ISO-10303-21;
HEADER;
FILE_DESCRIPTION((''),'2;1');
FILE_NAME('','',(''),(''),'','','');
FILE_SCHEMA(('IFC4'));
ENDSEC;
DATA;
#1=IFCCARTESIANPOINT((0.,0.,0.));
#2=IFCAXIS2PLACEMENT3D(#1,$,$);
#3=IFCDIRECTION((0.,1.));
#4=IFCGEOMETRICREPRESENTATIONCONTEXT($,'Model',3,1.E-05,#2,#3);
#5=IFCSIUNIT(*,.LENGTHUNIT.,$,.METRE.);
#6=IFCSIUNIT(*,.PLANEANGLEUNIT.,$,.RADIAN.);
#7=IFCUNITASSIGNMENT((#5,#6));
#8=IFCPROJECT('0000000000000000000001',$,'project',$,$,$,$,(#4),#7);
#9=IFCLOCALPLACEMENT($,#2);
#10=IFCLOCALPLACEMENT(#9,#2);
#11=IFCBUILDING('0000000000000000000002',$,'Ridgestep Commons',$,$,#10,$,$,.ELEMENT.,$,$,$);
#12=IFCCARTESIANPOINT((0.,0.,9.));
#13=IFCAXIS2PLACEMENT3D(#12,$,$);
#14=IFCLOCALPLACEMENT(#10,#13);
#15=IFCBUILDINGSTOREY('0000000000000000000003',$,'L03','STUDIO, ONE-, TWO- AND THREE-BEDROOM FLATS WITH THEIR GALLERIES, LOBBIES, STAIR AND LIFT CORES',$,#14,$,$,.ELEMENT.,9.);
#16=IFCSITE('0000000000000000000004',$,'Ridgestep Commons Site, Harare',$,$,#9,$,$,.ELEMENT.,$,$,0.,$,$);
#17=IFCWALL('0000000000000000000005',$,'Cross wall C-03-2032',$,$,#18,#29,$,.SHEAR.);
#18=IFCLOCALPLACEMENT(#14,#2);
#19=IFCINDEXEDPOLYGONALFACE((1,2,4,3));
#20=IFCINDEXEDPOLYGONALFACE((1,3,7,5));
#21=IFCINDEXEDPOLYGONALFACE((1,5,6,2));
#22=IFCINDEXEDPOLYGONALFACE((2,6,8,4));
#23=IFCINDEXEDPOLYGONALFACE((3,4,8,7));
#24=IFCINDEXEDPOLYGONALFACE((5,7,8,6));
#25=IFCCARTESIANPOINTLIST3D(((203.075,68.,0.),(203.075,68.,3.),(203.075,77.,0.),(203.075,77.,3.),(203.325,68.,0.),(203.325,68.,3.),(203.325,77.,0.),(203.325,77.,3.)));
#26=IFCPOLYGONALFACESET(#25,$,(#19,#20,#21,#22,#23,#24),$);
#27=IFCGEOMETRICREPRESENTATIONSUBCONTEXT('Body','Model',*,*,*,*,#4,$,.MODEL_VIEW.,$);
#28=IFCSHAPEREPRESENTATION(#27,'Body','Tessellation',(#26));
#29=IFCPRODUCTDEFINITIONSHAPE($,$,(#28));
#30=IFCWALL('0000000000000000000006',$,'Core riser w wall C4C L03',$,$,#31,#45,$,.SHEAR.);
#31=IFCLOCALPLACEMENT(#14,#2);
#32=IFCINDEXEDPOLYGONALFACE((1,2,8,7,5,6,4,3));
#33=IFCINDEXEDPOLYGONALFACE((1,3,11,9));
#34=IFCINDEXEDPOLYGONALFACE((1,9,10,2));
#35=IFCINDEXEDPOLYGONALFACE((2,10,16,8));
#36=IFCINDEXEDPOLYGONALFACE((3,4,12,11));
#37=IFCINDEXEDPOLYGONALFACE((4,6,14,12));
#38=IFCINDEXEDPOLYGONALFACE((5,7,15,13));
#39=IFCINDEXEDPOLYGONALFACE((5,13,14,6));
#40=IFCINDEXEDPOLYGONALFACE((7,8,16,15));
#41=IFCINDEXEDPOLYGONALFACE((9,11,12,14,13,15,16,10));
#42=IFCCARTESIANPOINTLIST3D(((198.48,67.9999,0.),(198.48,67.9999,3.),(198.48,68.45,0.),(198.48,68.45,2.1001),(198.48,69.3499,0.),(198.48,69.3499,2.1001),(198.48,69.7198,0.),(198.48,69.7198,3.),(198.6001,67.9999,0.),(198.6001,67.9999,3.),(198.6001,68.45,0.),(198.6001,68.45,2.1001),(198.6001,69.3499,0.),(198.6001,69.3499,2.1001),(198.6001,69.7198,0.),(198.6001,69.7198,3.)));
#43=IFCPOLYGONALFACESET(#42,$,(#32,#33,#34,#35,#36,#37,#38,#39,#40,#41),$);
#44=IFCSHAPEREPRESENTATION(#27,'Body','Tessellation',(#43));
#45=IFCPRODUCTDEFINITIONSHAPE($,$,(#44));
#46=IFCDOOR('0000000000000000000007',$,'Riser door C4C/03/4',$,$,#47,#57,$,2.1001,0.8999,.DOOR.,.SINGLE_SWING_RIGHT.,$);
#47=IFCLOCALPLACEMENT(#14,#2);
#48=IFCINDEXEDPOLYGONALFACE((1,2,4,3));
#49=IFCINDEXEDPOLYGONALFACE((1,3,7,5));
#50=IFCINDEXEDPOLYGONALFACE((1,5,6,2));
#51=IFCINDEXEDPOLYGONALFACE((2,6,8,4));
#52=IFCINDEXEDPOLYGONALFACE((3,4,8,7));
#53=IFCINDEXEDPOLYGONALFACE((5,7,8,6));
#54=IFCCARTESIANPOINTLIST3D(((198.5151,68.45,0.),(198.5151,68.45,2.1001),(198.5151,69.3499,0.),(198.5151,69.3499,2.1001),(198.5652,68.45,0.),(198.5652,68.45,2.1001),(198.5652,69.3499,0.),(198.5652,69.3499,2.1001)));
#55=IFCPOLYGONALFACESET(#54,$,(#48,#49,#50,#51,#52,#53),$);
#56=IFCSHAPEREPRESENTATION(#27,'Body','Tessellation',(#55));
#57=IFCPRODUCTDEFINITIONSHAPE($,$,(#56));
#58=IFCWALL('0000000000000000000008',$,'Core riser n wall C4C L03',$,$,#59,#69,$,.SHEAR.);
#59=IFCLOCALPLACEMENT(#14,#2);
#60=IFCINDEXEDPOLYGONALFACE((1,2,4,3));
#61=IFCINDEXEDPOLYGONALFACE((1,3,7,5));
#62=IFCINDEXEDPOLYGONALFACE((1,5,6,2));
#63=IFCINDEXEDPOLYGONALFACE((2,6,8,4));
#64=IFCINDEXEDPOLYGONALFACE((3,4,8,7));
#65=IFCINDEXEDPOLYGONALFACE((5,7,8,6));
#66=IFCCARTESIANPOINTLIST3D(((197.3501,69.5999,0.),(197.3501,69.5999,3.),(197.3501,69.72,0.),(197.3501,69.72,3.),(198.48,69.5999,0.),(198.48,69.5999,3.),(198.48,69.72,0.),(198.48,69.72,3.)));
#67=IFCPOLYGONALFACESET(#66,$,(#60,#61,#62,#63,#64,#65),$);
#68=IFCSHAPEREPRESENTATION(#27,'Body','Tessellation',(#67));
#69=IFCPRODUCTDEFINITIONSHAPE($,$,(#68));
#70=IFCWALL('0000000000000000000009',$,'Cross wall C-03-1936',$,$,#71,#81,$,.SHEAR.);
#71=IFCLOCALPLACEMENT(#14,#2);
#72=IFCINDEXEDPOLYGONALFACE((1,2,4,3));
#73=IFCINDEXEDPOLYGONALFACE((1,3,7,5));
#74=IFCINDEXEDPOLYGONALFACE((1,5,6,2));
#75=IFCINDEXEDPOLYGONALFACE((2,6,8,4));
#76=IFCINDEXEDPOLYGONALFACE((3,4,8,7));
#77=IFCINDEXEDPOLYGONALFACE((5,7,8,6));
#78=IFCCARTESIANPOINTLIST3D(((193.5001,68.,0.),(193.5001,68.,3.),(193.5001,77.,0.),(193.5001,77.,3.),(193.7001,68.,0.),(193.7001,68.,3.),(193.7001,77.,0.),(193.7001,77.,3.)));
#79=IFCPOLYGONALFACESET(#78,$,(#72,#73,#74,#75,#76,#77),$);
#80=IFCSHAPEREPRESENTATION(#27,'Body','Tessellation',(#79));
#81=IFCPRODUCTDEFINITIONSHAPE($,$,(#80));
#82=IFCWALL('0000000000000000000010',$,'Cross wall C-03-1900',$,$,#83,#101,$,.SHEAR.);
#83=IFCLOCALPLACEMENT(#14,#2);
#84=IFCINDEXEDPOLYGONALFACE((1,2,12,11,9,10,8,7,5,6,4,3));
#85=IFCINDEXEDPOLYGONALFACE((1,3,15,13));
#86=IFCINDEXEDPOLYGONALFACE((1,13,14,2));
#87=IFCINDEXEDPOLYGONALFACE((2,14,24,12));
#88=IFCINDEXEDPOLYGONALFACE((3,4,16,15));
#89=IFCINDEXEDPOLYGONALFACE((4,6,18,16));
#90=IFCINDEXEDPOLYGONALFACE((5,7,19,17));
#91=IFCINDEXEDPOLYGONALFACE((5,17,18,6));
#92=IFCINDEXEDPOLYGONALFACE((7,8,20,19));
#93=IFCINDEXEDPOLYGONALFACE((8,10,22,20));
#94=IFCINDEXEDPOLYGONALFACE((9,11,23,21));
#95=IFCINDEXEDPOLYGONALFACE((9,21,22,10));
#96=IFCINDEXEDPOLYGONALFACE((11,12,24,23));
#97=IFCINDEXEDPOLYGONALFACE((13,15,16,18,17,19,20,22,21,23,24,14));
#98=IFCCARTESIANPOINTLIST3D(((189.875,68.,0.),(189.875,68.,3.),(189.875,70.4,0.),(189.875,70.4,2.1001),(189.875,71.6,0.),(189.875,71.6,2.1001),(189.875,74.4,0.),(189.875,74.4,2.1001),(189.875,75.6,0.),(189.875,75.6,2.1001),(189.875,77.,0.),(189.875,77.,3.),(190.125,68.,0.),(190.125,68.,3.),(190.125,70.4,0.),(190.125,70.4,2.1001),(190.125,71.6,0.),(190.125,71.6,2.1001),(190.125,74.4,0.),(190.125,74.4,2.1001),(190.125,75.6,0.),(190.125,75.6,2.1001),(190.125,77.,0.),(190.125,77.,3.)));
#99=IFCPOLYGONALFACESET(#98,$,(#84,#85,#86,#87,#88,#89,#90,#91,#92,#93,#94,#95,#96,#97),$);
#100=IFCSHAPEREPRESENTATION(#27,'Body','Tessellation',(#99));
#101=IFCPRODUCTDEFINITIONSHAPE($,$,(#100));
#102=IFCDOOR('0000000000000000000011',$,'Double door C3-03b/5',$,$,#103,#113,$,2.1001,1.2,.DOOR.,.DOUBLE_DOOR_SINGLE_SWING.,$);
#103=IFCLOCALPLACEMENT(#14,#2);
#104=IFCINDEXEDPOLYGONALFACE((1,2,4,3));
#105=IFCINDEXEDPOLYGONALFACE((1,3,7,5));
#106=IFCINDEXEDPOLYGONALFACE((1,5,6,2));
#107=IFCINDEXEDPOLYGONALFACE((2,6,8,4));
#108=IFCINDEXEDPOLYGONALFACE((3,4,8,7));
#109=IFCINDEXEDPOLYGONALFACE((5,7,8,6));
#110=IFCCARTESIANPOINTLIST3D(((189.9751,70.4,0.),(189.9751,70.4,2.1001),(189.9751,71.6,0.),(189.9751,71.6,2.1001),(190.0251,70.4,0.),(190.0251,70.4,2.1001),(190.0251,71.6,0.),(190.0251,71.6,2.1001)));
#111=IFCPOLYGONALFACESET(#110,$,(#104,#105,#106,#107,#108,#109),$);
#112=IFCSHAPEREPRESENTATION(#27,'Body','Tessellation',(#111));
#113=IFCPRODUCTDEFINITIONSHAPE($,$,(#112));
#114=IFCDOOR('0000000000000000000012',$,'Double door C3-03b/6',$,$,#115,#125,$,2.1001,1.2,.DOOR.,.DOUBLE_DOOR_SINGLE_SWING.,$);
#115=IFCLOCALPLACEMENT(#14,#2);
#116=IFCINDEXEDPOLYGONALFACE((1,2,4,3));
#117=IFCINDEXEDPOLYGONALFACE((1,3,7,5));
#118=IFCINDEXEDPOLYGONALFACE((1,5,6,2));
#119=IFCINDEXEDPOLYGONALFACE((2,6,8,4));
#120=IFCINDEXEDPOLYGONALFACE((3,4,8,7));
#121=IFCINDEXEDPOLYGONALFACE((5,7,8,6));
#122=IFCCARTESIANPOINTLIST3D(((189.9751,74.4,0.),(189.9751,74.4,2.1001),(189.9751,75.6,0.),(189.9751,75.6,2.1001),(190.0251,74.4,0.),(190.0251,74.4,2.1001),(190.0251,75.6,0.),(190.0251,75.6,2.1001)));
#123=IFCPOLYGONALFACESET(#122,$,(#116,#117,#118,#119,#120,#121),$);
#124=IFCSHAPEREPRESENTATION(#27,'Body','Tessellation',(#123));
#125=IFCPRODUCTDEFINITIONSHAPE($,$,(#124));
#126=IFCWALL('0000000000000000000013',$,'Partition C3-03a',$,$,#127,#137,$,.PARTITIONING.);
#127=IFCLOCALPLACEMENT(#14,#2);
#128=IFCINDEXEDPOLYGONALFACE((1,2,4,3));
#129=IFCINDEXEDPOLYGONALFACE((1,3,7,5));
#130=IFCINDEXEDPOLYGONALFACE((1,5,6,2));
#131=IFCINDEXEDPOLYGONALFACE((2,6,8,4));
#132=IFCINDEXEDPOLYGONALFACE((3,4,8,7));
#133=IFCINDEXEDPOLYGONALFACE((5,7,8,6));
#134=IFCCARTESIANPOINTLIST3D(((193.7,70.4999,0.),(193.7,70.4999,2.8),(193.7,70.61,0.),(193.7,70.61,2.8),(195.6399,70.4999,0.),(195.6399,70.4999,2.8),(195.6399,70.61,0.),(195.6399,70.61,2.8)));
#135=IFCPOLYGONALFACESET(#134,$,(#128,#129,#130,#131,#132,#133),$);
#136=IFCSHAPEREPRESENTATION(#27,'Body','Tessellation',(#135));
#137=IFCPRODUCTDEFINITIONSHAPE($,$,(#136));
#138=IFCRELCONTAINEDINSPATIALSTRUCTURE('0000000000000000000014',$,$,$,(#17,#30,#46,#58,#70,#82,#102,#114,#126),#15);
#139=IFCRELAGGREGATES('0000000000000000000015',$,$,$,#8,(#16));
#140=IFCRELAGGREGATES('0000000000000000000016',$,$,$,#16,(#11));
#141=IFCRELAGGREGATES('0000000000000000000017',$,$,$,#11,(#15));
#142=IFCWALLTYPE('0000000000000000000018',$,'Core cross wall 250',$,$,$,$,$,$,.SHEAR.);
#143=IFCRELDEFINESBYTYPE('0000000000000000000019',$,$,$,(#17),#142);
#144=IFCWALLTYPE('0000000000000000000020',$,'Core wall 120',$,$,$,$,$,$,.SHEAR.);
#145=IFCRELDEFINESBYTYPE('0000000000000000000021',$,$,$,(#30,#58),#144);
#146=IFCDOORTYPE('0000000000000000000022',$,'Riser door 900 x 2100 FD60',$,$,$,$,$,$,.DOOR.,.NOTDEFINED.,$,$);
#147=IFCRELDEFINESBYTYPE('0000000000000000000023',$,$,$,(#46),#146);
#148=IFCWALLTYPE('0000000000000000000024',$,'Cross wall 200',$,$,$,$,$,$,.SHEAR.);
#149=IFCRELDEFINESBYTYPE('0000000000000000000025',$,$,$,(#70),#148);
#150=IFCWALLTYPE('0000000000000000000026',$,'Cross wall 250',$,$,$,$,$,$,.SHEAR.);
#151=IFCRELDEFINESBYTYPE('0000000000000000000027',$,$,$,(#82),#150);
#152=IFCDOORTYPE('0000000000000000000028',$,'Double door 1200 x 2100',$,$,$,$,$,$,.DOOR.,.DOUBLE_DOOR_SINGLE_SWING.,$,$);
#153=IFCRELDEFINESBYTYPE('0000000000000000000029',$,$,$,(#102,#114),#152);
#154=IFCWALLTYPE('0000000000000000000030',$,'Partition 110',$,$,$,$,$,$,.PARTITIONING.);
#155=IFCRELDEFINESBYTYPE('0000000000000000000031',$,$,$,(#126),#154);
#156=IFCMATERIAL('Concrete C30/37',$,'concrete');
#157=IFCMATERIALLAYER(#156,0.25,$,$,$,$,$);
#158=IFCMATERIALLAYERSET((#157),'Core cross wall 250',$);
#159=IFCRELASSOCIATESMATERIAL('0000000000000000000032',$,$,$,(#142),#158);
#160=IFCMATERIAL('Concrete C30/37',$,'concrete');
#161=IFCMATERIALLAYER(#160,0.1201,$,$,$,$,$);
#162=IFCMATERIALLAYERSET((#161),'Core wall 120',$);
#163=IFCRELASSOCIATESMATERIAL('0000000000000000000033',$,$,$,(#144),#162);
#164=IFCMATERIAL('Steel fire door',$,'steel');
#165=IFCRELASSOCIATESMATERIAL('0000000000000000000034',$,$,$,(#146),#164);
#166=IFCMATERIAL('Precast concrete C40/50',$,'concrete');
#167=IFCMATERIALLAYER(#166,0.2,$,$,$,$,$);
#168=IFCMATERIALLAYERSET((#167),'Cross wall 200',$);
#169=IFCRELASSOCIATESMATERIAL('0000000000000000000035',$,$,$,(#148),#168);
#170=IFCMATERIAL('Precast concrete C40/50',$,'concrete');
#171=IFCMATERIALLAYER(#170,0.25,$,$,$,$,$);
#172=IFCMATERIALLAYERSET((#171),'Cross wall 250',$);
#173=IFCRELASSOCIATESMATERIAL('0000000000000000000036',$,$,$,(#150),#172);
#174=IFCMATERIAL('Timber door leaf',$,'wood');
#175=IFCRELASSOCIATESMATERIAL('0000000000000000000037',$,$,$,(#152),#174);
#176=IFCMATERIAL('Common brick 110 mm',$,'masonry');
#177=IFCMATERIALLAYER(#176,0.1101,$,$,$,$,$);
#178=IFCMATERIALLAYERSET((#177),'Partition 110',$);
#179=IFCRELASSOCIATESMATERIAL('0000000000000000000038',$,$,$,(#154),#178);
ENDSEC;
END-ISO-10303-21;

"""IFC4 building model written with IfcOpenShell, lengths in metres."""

from ifc_helpers import new_model, si_unit, direction, frame, frame_2d, origin, place, context, subcontext, project, spatial, rectangle, extrude, material, layer, layer_set, type_object, element, fill, save


model = new_model("IFC4")

# Units and contexts
model_context = context("Model", 3, precision=1e-05, world=origin(), true_north=direction((0.0, 1.0)))
body_context = subcontext(model_context, "Body", "Model", "MODEL_VIEW")
ifc_project = project(units=[si_unit("LENGTHUNIT", "METRE"), si_unit("PLANEANGLEUNIT", "RADIAN")], contexts=[model_context])

# Site, building, storey
site_placement = place(None, origin())
site = spatial("IfcSite", under=ifc_project, at=site_placement, Name="Ridgestep Commons Site, Harare", CompositionType="ELEMENT", RefElevation=0.0)
building_placement = place(site_placement, origin())
building = spatial("IfcBuilding", under=site, at=building_placement, Name="Ridgestep Commons", CompositionType="ELEMENT")
storey_placement = place(building_placement, frame((0.0, 0.0, 9.0)))
storey = spatial("IfcBuildingStorey", under=building, at=storey_placement, Name="L03", Description="STUDIO, ONE-, TWO- AND THREE-BEDROOM FLATS WITH THEIR GALLERIES, LOBBIES, STAIR AND LIFT CORES", CompositionType="ELEMENT", Elevation=9.0)

# Wall
ifc_material_1 = material(Name="Concrete C30/37", Category="concrete")
ifc_layer_1 = layer(ifc_material_1, 0.25)
ifc_layer_set_1 = layer_set([ifc_layer_1], Name="Core cross wall 250")
wall_type_1 = type_object("IfcWallType", Name="Core cross wall 250", PredefinedType="SHEAR", material=ifc_layer_set_1)
wall_1_placement = place(storey_placement, frame((203.2, 68.0, 0.0), z_axis=(0.0, 0.0, 1.0), x_axis=(0.0, 1.0, 0.0)))
element("IfcWall", 1, at=wall_1_placement, inside=storey, type_object=wall_type_1, Name="Cross wall C-03-2032", PredefinedType="SHEAR", context=body_context, shape_type="SweptSolid", body=[
    extrude(rectangle(XDim=9.0, YDim=0.25, at=frame_2d((4.5, 0.0))), origin(), (0.0, 0.0, 1.0), 3.0),
])

# Wall, opening, door
ifc_material_2 = material(Name="Concrete C30/37", Category="concrete")
ifc_layer_2 = layer(ifc_material_2, 0.1201)
ifc_layer_set_2 = layer_set([ifc_layer_2], Name="Core wall 120")
wall_type_2 = type_object("IfcWallType", Name="Core wall 120", PredefinedType="SHEAR", material=ifc_layer_set_2)
wall_2_placement = place(storey_placement, frame((198.54, 68.0, 0.0), z_axis=(0.0, 0.0, 1.0), x_axis=(0.0, 1.0, 0.0)))
wall_2 = element("IfcWall", 2, at=wall_2_placement, inside=storey, type_object=wall_type_2, Name="Core riser w wall C4C L03", PredefinedType="SHEAR", context=body_context, shape_type="SweptSolid", body=[
    extrude(rectangle(XDim=1.72, YDim=0.1201, at=frame_2d((0.8599, 0.0))), origin(), (0.0, 0.0, 1.0), 3.0),
])
opening_1_placement = place(wall_2_placement, frame((0.45, 0.0, 0.0)))
opening_1 = element("IfcOpeningElement", 3, at=opening_1_placement, cuts=wall_2, PredefinedType="OPENING", context=body_context, shape_type="SweptSolid", body=[
    extrude(rectangle(XDim=0.8999, YDim=2.1001, at=frame_2d((0.45, 1.05))), frame((0.0, 0.0701, 0.0), z_axis=(0.0, -1.0, 0.0), x_axis=(1.0, 0.0, 0.0)), (0.0, 0.0, 1.0), 0.1401),
])
ifc_material_3 = material(Name="Steel fire door", Category="steel")
door_type_1 = type_object("IfcDoorType", Name="Riser door 900 x 2100 FD60", OperationType="NOTDEFINED", PredefinedType="DOOR", material=ifc_material_3)
door_1_placement = place(opening_1_placement, origin())
door_1 = element("IfcDoor", 4, at=door_1_placement, inside=storey, type_object=door_type_1, Name="Riser door C4C/03/4", OperationType="SINGLE_SWING_RIGHT", OverallHeight=2.1001, OverallWidth=0.8999, PredefinedType="DOOR", context=body_context, shape_type="SweptSolid", body=[
    extrude(rectangle(XDim=0.8999, YDim=2.1001, at=frame_2d((0.45, 1.05))), frame((0.0, 0.0249, 0.0), z_axis=(0.0, -1.0, 0.0), x_axis=(1.0, 0.0, 0.0)), (0.0, 0.0, 1.0), 0.05),
])
fill(opening_1, door_1)

# Walls
wall_3_placement = place(storey_placement, frame((197.3501, 69.6599, 0.0), z_axis=(0.0, 0.0, 1.0), x_axis=(1.0, 0.0, 0.0)))
element("IfcWall", 5, at=wall_3_placement, inside=storey, type_object=wall_type_2, Name="Core riser n wall C4C L03", PredefinedType="SHEAR", context=body_context, shape_type="SweptSolid", body=[
    extrude(rectangle(XDim=1.1299, YDim=0.1201, at=frame_2d((0.5649, 0.0))), origin(), (0.0, 0.0, 1.0), 3.0),
])
ifc_material_4 = material(Name="Precast concrete C40/50", Category="concrete")
ifc_layer_3 = layer(ifc_material_4, 0.2)
ifc_layer_set_3 = layer_set([ifc_layer_3], Name="Cross wall 200")
wall_type_3 = type_object("IfcWallType", Name="Cross wall 200", PredefinedType="SHEAR", material=ifc_layer_set_3)
wall_4_placement = place(storey_placement, frame((193.6001, 68.0, 0.0), z_axis=(0.0, 0.0, 1.0), x_axis=(0.0, 1.0, 0.0)))
element("IfcWall", 6, at=wall_4_placement, inside=storey, type_object=wall_type_3, Name="Cross wall C-03-1936", PredefinedType="SHEAR", context=body_context, shape_type="SweptSolid", body=[
    extrude(rectangle(XDim=9.0, YDim=0.2, at=frame_2d((4.5, 0.0))), origin(), (0.0, 0.0, 1.0), 3.0),
])

# Wall, openings, doors
ifc_material_5 = material(Name="Precast concrete C40/50", Category="concrete")
ifc_layer_4 = layer(ifc_material_5, 0.25)
ifc_layer_set_4 = layer_set([ifc_layer_4], Name="Cross wall 250")
wall_type_4 = type_object("IfcWallType", Name="Cross wall 250", PredefinedType="SHEAR", material=ifc_layer_set_4)
wall_5_placement = place(storey_placement, frame((190.0, 68.0, 0.0), z_axis=(0.0, 0.0, 1.0), x_axis=(0.0, 1.0, 0.0)))
wall_5 = element("IfcWall", 7, at=wall_5_placement, inside=storey, type_object=wall_type_4, Name="Cross wall C-03-1900", PredefinedType="SHEAR", context=body_context, shape_type="SweptSolid", body=[
    extrude(rectangle(XDim=9.0, YDim=0.25, at=frame_2d((4.5, 0.0))), origin(), (0.0, 0.0, 1.0), 3.0),
])
opening_2_placement = place(wall_5_placement, frame((2.3999, 0.0, 0.0)))
opening_2 = element("IfcOpeningElement", 8, at=opening_2_placement, cuts=wall_5, PredefinedType="OPENING", context=body_context, shape_type="SweptSolid", body=[
    extrude(rectangle(XDim=1.2, YDim=2.1001, at=frame_2d((0.6001, 1.05))), frame((0.0, 0.135, 0.0), z_axis=(0.0, -1.0, 0.0), x_axis=(1.0, 0.0, 0.0)), (0.0, 0.0, 1.0), 0.27),
])
opening_3_placement = place(wall_5_placement, frame((6.3999, 0.0, 0.0)))
opening_3 = element("IfcOpeningElement", 9, at=opening_3_placement, cuts=wall_5, PredefinedType="OPENING", context=body_context, shape_type="SweptSolid", body=[
    extrude(rectangle(XDim=1.2, YDim=2.1001, at=frame_2d((0.6001, 1.05))), frame((0.0, 0.135, 0.0), z_axis=(0.0, -1.0, 0.0), x_axis=(1.0, 0.0, 0.0)), (0.0, 0.0, 1.0), 0.27),
])
ifc_material_6 = material(Name="Timber door leaf", Category="wood")
door_type_2 = type_object("IfcDoorType", Name="Double door 1200 x 2100", OperationType="DOUBLE_DOOR_SINGLE_SWING", PredefinedType="DOOR", material=ifc_material_6)
door_2_placement = place(opening_2_placement, origin())
door_2 = element("IfcDoor", 10, at=door_2_placement, inside=storey, type_object=door_type_2, Name="Double door C3-03b/5", OperationType="DOUBLE_DOOR_SINGLE_SWING", OverallHeight=2.1001, OverallWidth=1.2, PredefinedType="DOOR", context=body_context, shape_type="SweptSolid", body=[
    extrude(rectangle(XDim=1.2, YDim=2.1001, at=frame_2d((0.6001, 1.05))), frame((0.0, 0.0249, 0.0), z_axis=(0.0, -1.0, 0.0), x_axis=(1.0, 0.0, 0.0)), (0.0, 0.0, 1.0), 0.05),
])
fill(opening_2, door_2)
door_3_placement = place(opening_3_placement, origin())
door_3 = element("IfcDoor", 11, at=door_3_placement, inside=storey, type_object=door_type_2, Name="Double door C3-03b/6", OperationType="DOUBLE_DOOR_SINGLE_SWING", OverallHeight=2.1001, OverallWidth=1.2, PredefinedType="DOOR", context=body_context, shape_type="SweptSolid", body=[
    extrude(rectangle(XDim=1.2, YDim=2.1001, at=frame_2d((0.6001, 1.05))), frame((0.0, 0.0249, 0.0), z_axis=(0.0, -1.0, 0.0), x_axis=(1.0, 0.0, 0.0)), (0.0, 0.0, 1.0), 0.05),
])
fill(opening_3, door_3)

# Wall
ifc_material_7 = material(Name="Common brick 110 mm", Category="masonry")
ifc_layer_5 = layer(ifc_material_7, 0.1101)
ifc_layer_set_5 = layer_set([ifc_layer_5], Name="Partition 110")
wall_type_5 = type_object("IfcWallType", Name="Partition 110", PredefinedType="PARTITIONING", material=ifc_layer_set_5)
wall_6_placement = place(storey_placement, frame((193.7, 70.5549, 0.0), z_axis=(0.0, 0.0, 1.0), x_axis=(1.0, 0.0, 0.0)))
element("IfcWall", 12, at=wall_6_placement, inside=storey, type_object=wall_type_5, Name="Partition C3-03a", PredefinedType="PARTITIONING", context=body_context, shape_type="SweptSolid", body=[
    extrude(rectangle(XDim=1.9399, YDim=0.1101, at=frame_2d((0.97, 0.0))), origin(), (0.0, 0.0, 1.0), 2.8),
])

save(model, "model.ifc")
